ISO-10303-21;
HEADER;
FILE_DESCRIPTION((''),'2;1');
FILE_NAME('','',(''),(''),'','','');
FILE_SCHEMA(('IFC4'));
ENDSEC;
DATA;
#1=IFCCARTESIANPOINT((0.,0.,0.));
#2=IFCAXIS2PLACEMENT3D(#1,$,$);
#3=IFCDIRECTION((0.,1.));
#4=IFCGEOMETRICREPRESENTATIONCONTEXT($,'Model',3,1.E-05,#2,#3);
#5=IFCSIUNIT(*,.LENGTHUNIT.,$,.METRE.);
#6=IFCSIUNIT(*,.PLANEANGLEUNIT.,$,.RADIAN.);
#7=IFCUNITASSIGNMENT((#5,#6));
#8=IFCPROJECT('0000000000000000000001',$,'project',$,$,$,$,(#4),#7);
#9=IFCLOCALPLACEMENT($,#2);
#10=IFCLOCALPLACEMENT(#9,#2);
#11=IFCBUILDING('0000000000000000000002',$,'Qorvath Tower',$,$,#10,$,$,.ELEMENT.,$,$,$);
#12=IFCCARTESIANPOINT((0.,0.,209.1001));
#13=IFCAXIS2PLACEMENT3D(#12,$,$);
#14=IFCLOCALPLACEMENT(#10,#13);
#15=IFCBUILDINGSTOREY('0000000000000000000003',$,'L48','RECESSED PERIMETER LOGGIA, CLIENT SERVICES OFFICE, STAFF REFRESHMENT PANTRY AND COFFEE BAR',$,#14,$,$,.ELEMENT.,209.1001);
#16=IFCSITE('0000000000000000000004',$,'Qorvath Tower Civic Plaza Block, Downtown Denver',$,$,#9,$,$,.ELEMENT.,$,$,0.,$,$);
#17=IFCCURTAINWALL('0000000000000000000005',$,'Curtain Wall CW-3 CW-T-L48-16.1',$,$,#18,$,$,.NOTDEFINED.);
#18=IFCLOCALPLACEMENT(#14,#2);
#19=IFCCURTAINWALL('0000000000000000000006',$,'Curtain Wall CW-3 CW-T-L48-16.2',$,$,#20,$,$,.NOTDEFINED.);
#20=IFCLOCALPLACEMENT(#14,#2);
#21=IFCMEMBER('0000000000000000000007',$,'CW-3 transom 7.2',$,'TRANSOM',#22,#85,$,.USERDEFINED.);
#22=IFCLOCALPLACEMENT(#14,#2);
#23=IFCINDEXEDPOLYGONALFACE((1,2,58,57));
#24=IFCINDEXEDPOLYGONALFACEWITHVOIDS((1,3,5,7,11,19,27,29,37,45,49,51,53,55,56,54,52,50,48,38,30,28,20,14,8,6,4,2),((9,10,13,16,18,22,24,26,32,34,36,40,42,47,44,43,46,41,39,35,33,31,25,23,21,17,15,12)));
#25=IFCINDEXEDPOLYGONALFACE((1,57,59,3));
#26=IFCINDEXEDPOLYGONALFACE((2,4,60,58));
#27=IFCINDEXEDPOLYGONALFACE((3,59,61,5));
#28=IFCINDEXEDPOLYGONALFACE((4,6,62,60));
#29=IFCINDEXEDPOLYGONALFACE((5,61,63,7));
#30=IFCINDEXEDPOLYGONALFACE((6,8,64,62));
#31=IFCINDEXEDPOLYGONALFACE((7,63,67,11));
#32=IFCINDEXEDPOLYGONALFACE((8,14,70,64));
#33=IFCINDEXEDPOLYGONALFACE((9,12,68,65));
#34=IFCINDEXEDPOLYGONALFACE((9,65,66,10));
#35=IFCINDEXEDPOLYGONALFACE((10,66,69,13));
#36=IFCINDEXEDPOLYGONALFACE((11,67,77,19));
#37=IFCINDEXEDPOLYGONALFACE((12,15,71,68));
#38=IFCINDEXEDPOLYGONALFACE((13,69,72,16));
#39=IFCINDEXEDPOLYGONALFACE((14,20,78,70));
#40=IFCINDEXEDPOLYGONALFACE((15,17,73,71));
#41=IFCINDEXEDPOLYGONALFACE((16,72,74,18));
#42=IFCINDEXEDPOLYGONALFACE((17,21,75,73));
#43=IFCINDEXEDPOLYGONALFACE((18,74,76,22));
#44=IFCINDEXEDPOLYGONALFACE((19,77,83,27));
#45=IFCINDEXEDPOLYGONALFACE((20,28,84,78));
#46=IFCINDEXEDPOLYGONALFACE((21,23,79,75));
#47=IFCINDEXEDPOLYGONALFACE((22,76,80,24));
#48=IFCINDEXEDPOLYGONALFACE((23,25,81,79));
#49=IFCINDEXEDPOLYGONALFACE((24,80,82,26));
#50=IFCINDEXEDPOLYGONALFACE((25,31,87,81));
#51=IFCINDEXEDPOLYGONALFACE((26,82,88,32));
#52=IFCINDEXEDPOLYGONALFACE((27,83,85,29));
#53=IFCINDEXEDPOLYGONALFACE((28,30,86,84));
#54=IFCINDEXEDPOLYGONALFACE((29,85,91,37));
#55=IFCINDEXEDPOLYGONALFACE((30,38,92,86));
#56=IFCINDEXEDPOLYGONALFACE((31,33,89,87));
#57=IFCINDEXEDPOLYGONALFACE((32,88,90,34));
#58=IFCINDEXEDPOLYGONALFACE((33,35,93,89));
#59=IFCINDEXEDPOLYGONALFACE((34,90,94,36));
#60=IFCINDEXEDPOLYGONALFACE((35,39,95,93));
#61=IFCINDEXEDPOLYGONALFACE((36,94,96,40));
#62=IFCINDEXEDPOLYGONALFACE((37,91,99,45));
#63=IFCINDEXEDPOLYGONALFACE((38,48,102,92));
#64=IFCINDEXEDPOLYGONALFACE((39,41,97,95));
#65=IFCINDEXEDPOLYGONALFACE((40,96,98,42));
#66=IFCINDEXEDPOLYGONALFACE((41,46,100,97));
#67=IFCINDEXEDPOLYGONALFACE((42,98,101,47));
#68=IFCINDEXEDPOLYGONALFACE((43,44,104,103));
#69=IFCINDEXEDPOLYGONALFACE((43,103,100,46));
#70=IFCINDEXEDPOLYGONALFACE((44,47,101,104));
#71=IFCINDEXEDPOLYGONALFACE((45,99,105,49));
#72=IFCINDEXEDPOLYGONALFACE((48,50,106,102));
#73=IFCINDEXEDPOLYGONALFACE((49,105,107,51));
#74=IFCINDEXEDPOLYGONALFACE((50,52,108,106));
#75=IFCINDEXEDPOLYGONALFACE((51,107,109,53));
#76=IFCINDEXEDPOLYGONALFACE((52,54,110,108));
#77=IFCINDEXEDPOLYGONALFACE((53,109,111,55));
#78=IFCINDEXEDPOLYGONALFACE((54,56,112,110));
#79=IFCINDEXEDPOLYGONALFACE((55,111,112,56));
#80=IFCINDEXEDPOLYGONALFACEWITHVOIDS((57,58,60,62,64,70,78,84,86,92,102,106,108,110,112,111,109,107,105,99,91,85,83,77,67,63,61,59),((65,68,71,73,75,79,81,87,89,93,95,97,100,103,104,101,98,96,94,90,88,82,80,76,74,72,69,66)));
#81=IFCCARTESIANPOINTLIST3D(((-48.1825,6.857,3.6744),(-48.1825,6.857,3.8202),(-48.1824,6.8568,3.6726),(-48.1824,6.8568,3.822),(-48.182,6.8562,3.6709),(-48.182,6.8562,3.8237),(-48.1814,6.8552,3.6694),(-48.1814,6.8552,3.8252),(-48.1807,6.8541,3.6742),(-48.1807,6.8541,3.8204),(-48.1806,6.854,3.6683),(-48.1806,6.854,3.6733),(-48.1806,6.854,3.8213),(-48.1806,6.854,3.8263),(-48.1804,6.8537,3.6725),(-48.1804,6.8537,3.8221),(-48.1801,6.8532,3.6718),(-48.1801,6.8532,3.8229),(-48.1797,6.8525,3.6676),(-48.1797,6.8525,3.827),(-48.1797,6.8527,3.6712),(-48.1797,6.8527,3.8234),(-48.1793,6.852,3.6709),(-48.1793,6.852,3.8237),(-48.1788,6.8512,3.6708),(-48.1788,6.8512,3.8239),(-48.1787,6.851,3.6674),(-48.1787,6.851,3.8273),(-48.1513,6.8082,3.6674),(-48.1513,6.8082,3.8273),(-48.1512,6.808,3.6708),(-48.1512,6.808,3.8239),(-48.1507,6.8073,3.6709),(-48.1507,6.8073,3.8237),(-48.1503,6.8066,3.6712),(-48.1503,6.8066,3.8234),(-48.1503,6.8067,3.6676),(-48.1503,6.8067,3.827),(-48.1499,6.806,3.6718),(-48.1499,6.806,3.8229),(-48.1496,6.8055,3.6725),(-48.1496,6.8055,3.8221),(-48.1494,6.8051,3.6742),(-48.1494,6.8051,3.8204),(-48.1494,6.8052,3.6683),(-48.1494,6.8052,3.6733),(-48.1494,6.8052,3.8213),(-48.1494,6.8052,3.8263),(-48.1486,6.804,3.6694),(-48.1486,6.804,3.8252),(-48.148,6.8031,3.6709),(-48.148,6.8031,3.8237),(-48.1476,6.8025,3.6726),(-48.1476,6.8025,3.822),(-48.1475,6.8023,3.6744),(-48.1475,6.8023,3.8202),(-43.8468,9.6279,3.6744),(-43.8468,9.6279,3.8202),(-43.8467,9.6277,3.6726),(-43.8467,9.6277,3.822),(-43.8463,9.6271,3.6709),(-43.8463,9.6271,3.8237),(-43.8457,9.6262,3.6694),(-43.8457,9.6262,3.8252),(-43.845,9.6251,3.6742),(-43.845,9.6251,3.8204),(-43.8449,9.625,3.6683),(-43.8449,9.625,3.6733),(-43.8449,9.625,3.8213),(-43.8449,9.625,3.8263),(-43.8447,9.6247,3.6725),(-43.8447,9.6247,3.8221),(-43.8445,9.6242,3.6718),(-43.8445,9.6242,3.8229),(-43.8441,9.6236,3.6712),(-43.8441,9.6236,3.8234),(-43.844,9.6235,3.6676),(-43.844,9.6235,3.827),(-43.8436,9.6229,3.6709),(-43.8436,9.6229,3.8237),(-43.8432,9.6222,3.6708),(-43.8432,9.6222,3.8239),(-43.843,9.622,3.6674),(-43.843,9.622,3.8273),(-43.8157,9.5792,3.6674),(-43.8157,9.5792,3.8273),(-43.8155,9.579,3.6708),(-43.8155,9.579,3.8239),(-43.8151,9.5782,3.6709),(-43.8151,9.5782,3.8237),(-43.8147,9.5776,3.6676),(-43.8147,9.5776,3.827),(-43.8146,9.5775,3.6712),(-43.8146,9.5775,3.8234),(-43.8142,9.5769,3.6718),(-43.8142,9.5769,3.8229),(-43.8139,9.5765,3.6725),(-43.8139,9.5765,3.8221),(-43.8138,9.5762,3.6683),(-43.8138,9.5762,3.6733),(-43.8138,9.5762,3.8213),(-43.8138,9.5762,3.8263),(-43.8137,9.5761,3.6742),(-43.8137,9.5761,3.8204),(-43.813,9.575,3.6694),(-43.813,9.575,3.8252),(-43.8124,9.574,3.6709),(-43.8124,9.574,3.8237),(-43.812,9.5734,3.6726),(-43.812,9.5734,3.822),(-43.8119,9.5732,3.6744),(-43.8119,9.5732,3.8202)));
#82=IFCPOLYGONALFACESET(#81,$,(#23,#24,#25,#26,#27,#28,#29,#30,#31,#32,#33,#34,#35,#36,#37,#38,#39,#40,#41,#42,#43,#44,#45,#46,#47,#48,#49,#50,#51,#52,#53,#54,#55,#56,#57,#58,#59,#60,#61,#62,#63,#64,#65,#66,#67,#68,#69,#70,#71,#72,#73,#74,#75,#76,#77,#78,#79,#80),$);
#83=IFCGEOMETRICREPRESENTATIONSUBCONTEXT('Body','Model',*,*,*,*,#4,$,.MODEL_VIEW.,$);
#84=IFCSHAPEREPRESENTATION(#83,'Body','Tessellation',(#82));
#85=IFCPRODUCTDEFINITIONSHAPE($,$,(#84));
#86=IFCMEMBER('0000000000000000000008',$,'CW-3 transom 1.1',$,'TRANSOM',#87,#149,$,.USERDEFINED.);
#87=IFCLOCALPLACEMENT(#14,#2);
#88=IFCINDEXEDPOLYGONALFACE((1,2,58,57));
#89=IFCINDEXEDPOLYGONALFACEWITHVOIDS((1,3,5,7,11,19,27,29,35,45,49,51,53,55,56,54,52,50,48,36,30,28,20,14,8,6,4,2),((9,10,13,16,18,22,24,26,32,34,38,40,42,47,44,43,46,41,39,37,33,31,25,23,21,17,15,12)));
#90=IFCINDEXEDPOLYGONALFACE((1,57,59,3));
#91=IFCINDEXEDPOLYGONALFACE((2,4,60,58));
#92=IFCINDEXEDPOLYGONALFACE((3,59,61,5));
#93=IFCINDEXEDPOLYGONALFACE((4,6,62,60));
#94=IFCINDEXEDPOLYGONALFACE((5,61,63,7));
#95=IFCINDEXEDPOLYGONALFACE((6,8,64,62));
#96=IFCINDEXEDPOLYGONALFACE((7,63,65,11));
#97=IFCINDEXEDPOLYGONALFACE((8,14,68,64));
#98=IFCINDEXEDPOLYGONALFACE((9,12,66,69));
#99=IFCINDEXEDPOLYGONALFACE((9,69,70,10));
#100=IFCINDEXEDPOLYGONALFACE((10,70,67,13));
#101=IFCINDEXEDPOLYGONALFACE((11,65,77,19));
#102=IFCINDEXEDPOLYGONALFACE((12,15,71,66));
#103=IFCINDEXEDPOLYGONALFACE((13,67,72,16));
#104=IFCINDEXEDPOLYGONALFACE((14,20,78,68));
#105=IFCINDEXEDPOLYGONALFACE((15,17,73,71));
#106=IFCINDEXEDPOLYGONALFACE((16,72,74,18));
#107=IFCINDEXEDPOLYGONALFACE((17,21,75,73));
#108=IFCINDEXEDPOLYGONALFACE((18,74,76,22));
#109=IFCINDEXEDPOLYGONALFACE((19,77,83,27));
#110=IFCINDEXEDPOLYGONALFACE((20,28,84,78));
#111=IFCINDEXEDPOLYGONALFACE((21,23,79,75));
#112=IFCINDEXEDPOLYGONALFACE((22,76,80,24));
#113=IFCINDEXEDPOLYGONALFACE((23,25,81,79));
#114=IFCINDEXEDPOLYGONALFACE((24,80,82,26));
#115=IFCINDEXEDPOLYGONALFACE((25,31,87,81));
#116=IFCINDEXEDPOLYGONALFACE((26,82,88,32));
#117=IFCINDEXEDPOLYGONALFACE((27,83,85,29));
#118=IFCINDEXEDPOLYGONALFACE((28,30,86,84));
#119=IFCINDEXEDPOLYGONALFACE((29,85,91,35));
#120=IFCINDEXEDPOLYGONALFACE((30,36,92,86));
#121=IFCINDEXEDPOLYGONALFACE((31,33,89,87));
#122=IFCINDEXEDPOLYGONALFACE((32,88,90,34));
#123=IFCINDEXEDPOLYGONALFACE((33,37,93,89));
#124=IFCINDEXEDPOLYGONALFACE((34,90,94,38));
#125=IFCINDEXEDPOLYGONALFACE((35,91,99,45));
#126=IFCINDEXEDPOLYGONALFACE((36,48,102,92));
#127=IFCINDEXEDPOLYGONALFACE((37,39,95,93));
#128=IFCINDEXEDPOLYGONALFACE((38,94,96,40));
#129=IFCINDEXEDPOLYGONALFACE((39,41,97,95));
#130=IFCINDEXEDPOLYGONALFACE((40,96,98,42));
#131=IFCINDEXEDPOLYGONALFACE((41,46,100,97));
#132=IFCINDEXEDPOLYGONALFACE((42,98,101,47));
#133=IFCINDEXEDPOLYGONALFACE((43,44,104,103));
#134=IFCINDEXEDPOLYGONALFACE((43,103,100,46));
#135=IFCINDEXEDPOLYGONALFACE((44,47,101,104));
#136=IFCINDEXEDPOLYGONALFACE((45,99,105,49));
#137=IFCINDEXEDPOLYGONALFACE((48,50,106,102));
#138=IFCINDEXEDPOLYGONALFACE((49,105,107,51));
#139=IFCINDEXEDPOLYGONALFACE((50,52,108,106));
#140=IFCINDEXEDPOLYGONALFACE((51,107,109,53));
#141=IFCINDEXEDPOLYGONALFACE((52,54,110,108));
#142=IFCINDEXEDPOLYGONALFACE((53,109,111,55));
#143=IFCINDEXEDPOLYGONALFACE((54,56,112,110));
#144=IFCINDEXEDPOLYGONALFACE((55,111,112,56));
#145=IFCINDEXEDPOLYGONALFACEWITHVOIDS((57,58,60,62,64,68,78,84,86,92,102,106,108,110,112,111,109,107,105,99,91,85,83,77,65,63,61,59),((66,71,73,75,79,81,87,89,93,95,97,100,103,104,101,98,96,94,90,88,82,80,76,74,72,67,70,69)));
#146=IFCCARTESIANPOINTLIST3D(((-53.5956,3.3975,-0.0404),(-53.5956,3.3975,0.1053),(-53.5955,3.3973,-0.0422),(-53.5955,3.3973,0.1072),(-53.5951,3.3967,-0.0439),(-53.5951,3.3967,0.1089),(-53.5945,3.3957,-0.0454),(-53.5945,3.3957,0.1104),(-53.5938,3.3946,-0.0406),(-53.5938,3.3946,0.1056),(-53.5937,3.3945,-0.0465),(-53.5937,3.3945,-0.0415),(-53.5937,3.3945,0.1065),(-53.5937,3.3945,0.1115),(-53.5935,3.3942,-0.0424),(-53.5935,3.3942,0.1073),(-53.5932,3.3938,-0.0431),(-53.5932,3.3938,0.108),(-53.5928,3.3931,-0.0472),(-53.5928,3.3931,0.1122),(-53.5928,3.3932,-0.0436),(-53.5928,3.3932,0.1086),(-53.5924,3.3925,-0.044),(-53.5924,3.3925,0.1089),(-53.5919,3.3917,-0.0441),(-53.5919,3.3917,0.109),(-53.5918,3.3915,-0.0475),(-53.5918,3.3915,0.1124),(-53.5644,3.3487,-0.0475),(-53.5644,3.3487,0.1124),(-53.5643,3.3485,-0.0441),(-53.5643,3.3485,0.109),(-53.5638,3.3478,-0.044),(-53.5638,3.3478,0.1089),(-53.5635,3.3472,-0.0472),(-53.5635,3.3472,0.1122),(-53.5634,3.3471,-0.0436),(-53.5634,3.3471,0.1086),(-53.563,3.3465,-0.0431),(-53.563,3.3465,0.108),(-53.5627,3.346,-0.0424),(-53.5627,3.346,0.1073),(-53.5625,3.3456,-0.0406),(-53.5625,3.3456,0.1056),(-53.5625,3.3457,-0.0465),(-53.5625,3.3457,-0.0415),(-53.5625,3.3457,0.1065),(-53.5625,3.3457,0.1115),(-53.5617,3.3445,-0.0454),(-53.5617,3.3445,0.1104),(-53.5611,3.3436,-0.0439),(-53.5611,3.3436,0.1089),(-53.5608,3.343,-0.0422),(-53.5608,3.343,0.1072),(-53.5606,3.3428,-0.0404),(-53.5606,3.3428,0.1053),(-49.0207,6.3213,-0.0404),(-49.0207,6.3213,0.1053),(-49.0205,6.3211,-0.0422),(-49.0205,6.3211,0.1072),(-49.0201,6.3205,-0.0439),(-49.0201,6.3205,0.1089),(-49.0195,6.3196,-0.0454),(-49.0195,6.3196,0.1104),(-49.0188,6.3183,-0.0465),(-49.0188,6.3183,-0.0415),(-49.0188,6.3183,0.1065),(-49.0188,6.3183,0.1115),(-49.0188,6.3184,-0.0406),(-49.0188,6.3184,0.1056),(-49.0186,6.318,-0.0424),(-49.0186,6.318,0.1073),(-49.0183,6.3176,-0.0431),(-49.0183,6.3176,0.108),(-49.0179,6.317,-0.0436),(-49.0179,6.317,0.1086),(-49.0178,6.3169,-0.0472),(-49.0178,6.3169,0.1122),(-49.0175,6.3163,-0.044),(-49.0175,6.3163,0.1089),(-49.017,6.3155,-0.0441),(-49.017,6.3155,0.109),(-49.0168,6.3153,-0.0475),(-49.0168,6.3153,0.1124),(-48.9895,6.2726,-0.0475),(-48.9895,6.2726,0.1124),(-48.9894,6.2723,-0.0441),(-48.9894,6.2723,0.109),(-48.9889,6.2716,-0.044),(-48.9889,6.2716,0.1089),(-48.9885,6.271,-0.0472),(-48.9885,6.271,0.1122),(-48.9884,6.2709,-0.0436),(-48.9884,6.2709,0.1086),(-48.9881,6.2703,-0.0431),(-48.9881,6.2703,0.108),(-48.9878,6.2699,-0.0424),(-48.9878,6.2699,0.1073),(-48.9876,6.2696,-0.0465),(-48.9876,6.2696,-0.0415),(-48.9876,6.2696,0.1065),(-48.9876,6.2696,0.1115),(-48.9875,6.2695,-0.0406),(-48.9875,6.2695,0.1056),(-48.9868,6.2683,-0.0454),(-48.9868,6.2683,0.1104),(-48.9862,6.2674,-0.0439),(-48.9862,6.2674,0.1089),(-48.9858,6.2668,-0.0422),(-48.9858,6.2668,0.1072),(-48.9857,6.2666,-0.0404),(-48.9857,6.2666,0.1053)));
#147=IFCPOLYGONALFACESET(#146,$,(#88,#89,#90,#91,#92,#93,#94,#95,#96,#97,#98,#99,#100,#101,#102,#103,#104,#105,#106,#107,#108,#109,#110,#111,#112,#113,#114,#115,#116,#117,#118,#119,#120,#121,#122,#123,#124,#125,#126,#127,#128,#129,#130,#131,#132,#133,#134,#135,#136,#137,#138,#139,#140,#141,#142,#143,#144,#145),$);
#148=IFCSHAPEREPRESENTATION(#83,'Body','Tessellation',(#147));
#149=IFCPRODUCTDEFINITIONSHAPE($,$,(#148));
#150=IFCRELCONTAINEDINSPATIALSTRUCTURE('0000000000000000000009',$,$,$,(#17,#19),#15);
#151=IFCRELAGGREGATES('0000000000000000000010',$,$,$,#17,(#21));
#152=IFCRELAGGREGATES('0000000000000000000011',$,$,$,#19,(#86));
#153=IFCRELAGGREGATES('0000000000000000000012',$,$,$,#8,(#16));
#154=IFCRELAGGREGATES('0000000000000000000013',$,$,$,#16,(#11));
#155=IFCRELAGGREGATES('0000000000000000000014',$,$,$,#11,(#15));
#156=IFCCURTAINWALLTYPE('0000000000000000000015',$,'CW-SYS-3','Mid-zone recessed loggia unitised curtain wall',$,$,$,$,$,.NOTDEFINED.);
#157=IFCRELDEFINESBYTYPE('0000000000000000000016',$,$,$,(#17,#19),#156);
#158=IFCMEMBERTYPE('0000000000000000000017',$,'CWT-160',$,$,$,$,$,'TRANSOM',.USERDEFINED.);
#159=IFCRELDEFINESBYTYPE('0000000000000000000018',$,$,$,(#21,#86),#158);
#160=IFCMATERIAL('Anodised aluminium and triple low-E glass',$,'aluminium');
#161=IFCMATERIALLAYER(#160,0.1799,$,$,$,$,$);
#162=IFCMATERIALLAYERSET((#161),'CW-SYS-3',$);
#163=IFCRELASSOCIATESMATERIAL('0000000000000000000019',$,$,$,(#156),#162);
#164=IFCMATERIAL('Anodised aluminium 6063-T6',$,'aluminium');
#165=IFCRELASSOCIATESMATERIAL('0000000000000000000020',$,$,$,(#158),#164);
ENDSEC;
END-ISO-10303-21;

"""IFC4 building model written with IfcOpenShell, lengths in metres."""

from ifc_helpers import new_model, si_unit, direction, frame, origin, origin_2d, place, context, subcontext, project, spatial, hollow_rectangle, extrude, material, layer, layer_set, material_profile, profile_set, type_object, element, aggregate, save


model = new_model("IFC4")

# Units and contexts
model_context = context("Model", 3, precision=1e-05, world=origin(), true_north=direction((0.0, 1.0)))
body_context = subcontext(model_context, "Body", "Model", "MODEL_VIEW")
ifc_project = project(units=[si_unit("LENGTHUNIT", "METRE"), si_unit("PLANEANGLEUNIT", "RADIAN")], contexts=[model_context])

# Site, building, storey
site_placement = place(None, origin())
site = spatial("IfcSite", under=ifc_project, at=site_placement, Name="Qorvath Tower Civic Plaza Block, Downtown Denver", CompositionType="ELEMENT", RefElevation=0.0)
building_placement = place(site_placement, origin())
building = spatial("IfcBuilding", under=site, at=building_placement, Name="Qorvath Tower", CompositionType="ELEMENT")
storey_placement = place(building_placement, frame((0.0, 0.0, 209.1001)))
storey = spatial("IfcBuildingStorey", under=building, at=storey_placement, Name="L48", Description="RECESSED PERIMETER LOGGIA, CLIENT SERVICES OFFICE, STAFF REFRESHMENT PANTRY AND COFFEE BAR", CompositionType="ELEMENT", Elevation=209.1001)

# Curtain walls
ifc_material_1 = material(Name="Anodised aluminium and triple low-E glass", Category="aluminium")
ifc_layer_1 = layer(ifc_material_1, 0.1799)
ifc_layer_set_1 = layer_set([ifc_layer_1], Name="CW-SYS-3")
curtain_wall_type = type_object("IfcCurtainWallType", Name="CW-SYS-3", Description="Mid-zone recessed loggia unitised curtain wall", PredefinedType="NOTDEFINED", material=ifc_layer_set_1)
curtain_wall_1_placement = place(storey_placement, origin())
curtain_wall_1 = element("IfcCurtainWall", 1, at=curtain_wall_1_placement, inside=storey, type_object=curtain_wall_type, Name="Curtain Wall CW-3 CW-T-L48-16.1", PredefinedType="NOTDEFINED")
curtain_wall_2_placement = place(storey_placement, origin())
curtain_wall_2 = element("IfcCurtainWall", 2, at=curtain_wall_2_placement, inside=storey, type_object=curtain_wall_type, Name="Curtain Wall CW-3 CW-T-L48-16.2", PredefinedType="NOTDEFINED")

# Members
ifc_material_2 = material(Name="Anodised aluminium 6063-T6", Category="aluminium")
ifc_material_profile_1 = material_profile(ifc_material_2, hollow_rectangle(XDim=0.0649, YDim=0.1599, WallThickness=0.0034, InnerFilletRadius=0.0034, OuterFilletRadius=0.0071, at=origin_2d()), Name="CWT 160x65")
ifc_profile_set_1 = profile_set([ifc_material_profile_1], Name="Anodised aluminium 6063-T6")
member_type_1 = type_object("IfcMemberType", Name="CWT-160", ElementType="TRANSOM", PredefinedType="USERDEFINED", material=ifc_profile_set_1)
member_1_placement = place(storey_placement, frame((-43.8293, 9.6006, 3.7473), z_axis=(-0.842611, -0.538523, 0.0), x_axis=(0.538523, -0.842611, 0.0)))
member_1 = element("IfcMember", 3, at=member_1_placement, type_object=member_type_1, Name="CW-3 transom 7.2", ObjectType="TRANSOM", PredefinedType="USERDEFINED", context=body_context, shape_type="SweptSolid", body=[
    extrude(hollow_rectangle(XDim=0.0649, YDim=0.1599, WallThickness=0.0034, InnerFilletRadius=0.0034, OuterFilletRadius=0.0071, at=origin_2d()), origin(), (0.0, 0.0, 1.0), 5.1455),
])
member_2_placement = place(storey_placement, frame((-49.0032, 6.2939, 0.0325), z_axis=(-0.842617, -0.538513, 0.0), x_axis=(0.538513, -0.842617, 0.0)))
member_2 = element("IfcMember", 4, at=member_2_placement, type_object=member_type_1, Name="CW-3 transom 1.1", ObjectType="TRANSOM", PredefinedType="USERDEFINED", context=body_context, shape_type="SweptSolid", body=[
    extrude(hollow_rectangle(XDim=0.0649, YDim=0.1599, WallThickness=0.0034, InnerFilletRadius=0.0034, OuterFilletRadius=0.0071, at=origin_2d()), origin(), (0.0, 0.0, 1.0), 5.4294),
])

aggregate(curtain_wall_1, [member_1])
aggregate(curtain_wall_2, [member_2])

save(model, "model.ifc")
